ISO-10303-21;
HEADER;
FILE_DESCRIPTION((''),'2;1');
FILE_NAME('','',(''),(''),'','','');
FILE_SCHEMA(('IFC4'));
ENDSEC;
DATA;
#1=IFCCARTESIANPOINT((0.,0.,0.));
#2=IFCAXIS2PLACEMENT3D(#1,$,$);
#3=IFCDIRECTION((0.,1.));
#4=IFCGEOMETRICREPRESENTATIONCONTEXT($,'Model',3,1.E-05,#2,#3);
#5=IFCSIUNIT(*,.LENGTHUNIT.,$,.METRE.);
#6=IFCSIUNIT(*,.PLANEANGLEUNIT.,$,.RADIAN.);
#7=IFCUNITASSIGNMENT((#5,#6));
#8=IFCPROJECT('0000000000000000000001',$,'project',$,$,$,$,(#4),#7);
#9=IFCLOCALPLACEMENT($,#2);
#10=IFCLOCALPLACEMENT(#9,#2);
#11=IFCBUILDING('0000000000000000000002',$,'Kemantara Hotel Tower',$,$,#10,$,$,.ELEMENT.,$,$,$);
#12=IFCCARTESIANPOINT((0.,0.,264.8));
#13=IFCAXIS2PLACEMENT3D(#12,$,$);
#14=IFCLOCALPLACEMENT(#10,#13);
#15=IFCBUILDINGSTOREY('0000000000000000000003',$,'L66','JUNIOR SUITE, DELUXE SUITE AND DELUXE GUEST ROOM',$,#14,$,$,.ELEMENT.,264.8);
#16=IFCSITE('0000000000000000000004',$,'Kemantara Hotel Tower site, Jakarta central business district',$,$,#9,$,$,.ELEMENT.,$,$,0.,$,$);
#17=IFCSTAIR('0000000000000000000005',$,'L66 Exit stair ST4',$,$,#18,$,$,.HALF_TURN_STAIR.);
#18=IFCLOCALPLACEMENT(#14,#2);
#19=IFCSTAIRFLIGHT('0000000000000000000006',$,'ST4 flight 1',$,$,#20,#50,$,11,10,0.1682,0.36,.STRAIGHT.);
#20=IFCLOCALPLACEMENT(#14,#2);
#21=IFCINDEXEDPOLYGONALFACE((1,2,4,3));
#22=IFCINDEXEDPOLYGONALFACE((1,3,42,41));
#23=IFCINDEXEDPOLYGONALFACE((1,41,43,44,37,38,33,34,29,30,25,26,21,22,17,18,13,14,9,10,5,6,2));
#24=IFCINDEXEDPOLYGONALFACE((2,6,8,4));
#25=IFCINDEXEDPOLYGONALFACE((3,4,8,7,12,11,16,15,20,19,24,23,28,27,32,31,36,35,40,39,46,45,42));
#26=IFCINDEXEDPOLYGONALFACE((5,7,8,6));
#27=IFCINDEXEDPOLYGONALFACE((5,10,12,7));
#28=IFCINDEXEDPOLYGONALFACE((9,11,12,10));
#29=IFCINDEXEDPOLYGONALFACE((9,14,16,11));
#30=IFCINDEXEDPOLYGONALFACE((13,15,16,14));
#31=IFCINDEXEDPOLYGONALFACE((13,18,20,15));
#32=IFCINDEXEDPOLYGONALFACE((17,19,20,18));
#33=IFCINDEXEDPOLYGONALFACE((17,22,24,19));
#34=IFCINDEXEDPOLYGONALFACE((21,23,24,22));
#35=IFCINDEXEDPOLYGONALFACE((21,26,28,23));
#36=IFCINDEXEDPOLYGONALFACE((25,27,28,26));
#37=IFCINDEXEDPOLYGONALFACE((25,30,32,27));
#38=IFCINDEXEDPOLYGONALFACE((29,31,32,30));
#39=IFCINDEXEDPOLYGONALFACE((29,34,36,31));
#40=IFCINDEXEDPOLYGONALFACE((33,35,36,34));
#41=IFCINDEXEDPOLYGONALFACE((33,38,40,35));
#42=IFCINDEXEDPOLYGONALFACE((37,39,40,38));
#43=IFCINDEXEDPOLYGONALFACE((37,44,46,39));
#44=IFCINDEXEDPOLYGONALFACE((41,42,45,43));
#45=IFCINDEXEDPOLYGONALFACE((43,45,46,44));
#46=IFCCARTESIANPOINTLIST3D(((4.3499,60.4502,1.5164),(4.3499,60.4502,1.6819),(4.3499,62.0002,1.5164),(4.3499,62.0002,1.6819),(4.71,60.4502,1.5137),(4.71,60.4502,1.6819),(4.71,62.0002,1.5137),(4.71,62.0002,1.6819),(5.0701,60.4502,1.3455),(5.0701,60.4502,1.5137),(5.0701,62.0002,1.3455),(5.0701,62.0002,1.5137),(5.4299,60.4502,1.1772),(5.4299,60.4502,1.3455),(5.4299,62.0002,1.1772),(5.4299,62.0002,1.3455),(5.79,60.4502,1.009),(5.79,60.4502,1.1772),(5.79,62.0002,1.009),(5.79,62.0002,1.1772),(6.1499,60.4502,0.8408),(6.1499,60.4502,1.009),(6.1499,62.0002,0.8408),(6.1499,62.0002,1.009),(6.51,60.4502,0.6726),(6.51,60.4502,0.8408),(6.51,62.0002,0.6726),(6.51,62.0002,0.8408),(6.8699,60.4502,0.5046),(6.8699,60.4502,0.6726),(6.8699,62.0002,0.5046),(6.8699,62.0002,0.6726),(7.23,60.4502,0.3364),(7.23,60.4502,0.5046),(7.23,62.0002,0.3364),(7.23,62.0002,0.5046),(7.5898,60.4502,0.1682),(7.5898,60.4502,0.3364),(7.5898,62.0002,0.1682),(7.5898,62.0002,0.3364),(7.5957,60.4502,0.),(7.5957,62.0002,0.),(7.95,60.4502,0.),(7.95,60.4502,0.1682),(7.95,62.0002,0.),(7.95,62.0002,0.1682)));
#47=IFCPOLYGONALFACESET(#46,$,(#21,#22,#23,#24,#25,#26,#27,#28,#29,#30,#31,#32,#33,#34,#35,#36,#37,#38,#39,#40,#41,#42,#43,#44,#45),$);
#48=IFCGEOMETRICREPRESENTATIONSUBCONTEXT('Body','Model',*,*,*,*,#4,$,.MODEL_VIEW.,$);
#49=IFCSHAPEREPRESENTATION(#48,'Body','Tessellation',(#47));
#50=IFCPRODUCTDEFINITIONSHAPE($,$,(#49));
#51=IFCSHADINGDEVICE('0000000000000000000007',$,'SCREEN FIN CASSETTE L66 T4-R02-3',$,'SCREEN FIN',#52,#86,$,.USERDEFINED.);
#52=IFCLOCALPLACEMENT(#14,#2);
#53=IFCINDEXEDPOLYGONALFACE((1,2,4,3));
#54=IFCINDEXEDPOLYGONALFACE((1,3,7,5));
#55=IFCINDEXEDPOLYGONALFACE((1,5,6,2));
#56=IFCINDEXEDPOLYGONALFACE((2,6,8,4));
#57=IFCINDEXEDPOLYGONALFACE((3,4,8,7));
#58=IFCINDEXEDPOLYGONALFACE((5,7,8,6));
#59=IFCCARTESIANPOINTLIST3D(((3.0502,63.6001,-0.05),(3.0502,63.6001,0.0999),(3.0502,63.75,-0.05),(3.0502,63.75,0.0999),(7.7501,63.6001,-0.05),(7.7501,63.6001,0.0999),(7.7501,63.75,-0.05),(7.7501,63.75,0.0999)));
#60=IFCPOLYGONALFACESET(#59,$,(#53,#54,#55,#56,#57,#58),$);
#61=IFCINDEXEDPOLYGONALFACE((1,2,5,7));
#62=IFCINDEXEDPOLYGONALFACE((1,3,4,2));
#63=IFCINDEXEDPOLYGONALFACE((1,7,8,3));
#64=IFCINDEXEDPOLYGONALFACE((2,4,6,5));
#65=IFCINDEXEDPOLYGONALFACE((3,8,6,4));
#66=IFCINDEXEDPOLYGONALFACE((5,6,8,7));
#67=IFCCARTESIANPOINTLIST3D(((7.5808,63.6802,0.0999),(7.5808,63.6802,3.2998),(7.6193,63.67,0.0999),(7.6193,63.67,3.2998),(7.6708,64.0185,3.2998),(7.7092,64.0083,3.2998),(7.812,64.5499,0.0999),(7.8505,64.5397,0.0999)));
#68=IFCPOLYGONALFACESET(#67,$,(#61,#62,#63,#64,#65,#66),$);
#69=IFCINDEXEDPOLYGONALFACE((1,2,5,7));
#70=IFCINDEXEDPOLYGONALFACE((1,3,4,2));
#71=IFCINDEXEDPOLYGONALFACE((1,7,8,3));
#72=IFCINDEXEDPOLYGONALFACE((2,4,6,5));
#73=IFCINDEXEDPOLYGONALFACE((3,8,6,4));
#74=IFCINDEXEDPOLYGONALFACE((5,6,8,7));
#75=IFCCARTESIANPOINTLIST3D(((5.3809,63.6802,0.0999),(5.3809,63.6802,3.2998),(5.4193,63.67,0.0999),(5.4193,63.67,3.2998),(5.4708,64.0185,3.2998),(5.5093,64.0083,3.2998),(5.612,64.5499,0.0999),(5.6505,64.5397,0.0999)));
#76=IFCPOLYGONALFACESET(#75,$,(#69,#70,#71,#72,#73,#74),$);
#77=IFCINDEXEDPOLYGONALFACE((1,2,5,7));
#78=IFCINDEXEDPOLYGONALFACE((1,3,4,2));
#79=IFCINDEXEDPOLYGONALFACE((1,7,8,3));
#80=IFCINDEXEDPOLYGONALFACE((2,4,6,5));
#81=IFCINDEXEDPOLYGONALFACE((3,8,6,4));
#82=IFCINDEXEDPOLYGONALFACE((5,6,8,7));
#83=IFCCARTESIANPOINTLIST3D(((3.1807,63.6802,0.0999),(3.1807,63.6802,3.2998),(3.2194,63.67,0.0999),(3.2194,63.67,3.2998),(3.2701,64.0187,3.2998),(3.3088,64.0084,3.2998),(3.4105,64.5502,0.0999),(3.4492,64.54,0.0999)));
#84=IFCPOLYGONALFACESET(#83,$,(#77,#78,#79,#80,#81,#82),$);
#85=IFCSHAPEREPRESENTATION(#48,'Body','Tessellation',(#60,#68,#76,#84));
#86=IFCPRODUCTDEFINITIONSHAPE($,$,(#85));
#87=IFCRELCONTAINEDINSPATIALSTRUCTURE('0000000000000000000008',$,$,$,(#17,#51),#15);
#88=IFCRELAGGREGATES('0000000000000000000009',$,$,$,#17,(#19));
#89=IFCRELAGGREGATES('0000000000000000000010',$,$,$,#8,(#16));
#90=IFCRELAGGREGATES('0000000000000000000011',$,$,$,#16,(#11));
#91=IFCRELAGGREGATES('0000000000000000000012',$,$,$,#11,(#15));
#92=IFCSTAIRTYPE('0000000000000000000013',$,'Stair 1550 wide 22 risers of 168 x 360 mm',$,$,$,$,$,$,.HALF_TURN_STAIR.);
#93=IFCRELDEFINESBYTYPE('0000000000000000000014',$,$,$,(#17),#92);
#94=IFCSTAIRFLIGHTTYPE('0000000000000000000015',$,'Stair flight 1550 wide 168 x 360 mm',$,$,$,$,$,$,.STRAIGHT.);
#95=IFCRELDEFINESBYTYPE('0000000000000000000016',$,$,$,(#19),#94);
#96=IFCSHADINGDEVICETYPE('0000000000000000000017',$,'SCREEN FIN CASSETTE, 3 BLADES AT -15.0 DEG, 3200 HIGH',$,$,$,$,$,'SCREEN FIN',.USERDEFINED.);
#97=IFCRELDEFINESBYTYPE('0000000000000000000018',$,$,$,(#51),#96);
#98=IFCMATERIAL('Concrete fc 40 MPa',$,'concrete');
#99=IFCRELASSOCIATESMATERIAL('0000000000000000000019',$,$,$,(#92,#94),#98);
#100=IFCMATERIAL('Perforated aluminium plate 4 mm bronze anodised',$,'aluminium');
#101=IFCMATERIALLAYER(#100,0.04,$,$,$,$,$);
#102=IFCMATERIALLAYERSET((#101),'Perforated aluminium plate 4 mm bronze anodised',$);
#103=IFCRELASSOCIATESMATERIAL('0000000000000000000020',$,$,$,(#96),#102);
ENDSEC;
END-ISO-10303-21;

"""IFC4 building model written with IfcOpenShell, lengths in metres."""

from ifc_helpers import new_model, si_unit, direction, frame, origin, origin_2d, place, context, subcontext, project, spatial, polyline, rectangle, outline, extrude, source, transform, mapped, material, layer, layer_set, type_object, element, aggregate, save


model = new_model("IFC4")

# Units and contexts
model_context = context("Model", 3, precision=1e-05, world=origin(), true_north=direction((0.0, 1.0)))
body_context = subcontext(model_context, "Body", "Model", "MODEL_VIEW")
ifc_project = project(units=[si_unit("LENGTHUNIT", "METRE"), si_unit("PLANEANGLEUNIT", "RADIAN")], contexts=[model_context])

# Site, building, storey
site_placement = place(None, origin())
site = spatial("IfcSite", under=ifc_project, at=site_placement, Name="Kemantara Hotel Tower site, Jakarta central business district", CompositionType="ELEMENT", RefElevation=0.0)
building_placement = place(site_placement, origin())
building = spatial("IfcBuilding", under=site, at=building_placement, Name="Kemantara Hotel Tower", CompositionType="ELEMENT")
storey_placement = place(building_placement, frame((0.0, 0.0, 264.8)))
storey = spatial("IfcBuildingStorey", under=building, at=storey_placement, Name="L66", Description="JUNIOR SUITE, DELUXE SUITE AND DELUXE GUEST ROOM", CompositionType="ELEMENT", Elevation=264.8)

# Shared definitions
ifc_material_1 = material(Name="Concrete fc 40 MPa", Category="concrete")

# Stair, stair flight
stair_type = type_object("IfcStairType", Name="Stair 1550 wide 22 risers of 168 x 360 mm", PredefinedType="HALF_TURN_STAIR", material=ifc_material_1)
stair_placement = place(storey_placement, origin())
stair = element("IfcStair", 1, at=stair_placement, inside=storey, type_object=stair_type, Name="L66 Exit stair ST4", PredefinedType="HALF_TURN_STAIR")
stair_flight_type = type_object("IfcStairFlightType", Name="Stair flight 1550 wide 168 x 360 mm", PredefinedType="STRAIGHT", material=ifc_material_1)
stair_flight_placement = place(storey_placement, frame((7.95, 61.2251, 0.0), z_axis=(0.0, 0.0, 1.0), x_axis=(-1.0, 0.0, 0.0)))
stair_flight = element("IfcStairFlight", 2, at=stair_flight_placement, type_object=stair_flight_type, Name="ST4 flight 1", NumberOfRisers=11, NumberOfTreads=10, PredefinedType="STRAIGHT", RiserHeight=0.1682, TreadLength=0.36, context=body_context, shape_type="SweptSolid", body=[
    extrude(outline(polyline([(0.0, 0.0), (0.0, 0.1682), (0.3601, 0.1682), (0.3601, 0.3364), (0.72, 0.3364), (0.72, 0.5046), (1.0801, 0.5046), (1.0801, 0.6726), (1.4399, 0.6726), (1.4399, 0.8408), (1.8, 0.8408), (1.8, 1.009), (2.1599, 1.009), (2.1599, 1.1772), (2.52, 1.1772), (2.52, 1.3455), (2.8799, 1.3455), (2.8799, 1.5137), (3.24, 1.5137), (3.24, 1.6819), (3.6001, 1.6819), (3.6001, 1.8501), (3.6001, 1.5164), (0.3542, 0.0), (0.0, 0.0)])), frame((0.0, 0.7749, 0.0), z_axis=(0.0, -1.0, 0.0), x_axis=(1.0, 0.0, 0.0)), (0.0, 0.0, 1.0), 1.55),
])
aggregate(stair, [stair_flight])

# Shading device
ifc_material_2 = material(Name="Perforated aluminium plate 4 mm bronze anodised", Category="aluminium")
ifc_layer_1 = layer(ifc_material_2, 0.04)
ifc_layer_set_1 = layer_set([ifc_layer_1], Name="Perforated aluminium plate 4 mm bronze anodised")
shading_device_type = type_object("IfcShadingDeviceType", Name="SCREEN FIN CASSETTE, 3 BLADES AT -15.0 DEG, 3200 HIGH", ElementType="SCREEN FIN", PredefinedType="USERDEFINED", material=ifc_layer_set_1)
shared_shape_1 = source(origin(), body_context, "Body", "SweptSolid", [
    extrude(rectangle(XDim=4.7, YDim=0.1499, at=origin_2d()), frame((2.2, -0.075, -0.1499), z_axis=(0.0, 0.0, 1.0), x_axis=(1.0, 0.0, 0.0)), (0.0, 0.0, 1.0), 0.1499),
    extrude(outline(polyline([(0.0, 0.0), (0.8999, 0.0), (0.3501, 3.2), (0.0, 3.2), (0.0, 0.0)])), frame((0.0193, -0.0801, 0.0), z_axis=(-0.966438, 0.256901, 0.0), x_axis=(-0.256901, -0.966438, 0.0)), (0.0, 0.0, 1.0), 0.0398),
    extrude(outline(polyline([(0.0, 0.0), (0.8999, 0.0), (0.3501, 3.2), (0.0, 3.2), (0.0, 0.0)])), frame((2.2192, -0.0801, 0.0), z_axis=(-0.966438, 0.256901, 0.0), x_axis=(-0.256901, -0.966438, 0.0)), (0.0, 0.0, 1.0), 0.0398),
    extrude(outline(polyline([(0.0, 0.0), (0.8999, 0.0), (0.3501, 3.2), (0.0, 3.2), (0.0, 0.0)])), frame((4.4194, -0.0801, 0.0), z_axis=(-0.966838, 0.255391, 0.0), x_axis=(-0.255391, -0.966838, 0.0)), (0.0, 0.0, 1.0), 0.04),
])
shading_device_placement = place(storey_placement, frame((7.6001, 63.6001, 0.0999), z_axis=(0.0, 0.0, 1.0), x_axis=(-1.0, 0.0, 0.0)))
element("IfcShadingDevice", 3, at=shading_device_placement, inside=storey, type_object=shading_device_type, Name="SCREEN FIN CASSETTE L66 T4-R02-3", ObjectType="SCREEN FIN", PredefinedType="USERDEFINED", context=body_context, shape_type="MappedRepresentation", body=[
    mapped(shared_shape_1, transform((0.0, 0.0, 0.0))),
])

save(model, "model.ifc")
